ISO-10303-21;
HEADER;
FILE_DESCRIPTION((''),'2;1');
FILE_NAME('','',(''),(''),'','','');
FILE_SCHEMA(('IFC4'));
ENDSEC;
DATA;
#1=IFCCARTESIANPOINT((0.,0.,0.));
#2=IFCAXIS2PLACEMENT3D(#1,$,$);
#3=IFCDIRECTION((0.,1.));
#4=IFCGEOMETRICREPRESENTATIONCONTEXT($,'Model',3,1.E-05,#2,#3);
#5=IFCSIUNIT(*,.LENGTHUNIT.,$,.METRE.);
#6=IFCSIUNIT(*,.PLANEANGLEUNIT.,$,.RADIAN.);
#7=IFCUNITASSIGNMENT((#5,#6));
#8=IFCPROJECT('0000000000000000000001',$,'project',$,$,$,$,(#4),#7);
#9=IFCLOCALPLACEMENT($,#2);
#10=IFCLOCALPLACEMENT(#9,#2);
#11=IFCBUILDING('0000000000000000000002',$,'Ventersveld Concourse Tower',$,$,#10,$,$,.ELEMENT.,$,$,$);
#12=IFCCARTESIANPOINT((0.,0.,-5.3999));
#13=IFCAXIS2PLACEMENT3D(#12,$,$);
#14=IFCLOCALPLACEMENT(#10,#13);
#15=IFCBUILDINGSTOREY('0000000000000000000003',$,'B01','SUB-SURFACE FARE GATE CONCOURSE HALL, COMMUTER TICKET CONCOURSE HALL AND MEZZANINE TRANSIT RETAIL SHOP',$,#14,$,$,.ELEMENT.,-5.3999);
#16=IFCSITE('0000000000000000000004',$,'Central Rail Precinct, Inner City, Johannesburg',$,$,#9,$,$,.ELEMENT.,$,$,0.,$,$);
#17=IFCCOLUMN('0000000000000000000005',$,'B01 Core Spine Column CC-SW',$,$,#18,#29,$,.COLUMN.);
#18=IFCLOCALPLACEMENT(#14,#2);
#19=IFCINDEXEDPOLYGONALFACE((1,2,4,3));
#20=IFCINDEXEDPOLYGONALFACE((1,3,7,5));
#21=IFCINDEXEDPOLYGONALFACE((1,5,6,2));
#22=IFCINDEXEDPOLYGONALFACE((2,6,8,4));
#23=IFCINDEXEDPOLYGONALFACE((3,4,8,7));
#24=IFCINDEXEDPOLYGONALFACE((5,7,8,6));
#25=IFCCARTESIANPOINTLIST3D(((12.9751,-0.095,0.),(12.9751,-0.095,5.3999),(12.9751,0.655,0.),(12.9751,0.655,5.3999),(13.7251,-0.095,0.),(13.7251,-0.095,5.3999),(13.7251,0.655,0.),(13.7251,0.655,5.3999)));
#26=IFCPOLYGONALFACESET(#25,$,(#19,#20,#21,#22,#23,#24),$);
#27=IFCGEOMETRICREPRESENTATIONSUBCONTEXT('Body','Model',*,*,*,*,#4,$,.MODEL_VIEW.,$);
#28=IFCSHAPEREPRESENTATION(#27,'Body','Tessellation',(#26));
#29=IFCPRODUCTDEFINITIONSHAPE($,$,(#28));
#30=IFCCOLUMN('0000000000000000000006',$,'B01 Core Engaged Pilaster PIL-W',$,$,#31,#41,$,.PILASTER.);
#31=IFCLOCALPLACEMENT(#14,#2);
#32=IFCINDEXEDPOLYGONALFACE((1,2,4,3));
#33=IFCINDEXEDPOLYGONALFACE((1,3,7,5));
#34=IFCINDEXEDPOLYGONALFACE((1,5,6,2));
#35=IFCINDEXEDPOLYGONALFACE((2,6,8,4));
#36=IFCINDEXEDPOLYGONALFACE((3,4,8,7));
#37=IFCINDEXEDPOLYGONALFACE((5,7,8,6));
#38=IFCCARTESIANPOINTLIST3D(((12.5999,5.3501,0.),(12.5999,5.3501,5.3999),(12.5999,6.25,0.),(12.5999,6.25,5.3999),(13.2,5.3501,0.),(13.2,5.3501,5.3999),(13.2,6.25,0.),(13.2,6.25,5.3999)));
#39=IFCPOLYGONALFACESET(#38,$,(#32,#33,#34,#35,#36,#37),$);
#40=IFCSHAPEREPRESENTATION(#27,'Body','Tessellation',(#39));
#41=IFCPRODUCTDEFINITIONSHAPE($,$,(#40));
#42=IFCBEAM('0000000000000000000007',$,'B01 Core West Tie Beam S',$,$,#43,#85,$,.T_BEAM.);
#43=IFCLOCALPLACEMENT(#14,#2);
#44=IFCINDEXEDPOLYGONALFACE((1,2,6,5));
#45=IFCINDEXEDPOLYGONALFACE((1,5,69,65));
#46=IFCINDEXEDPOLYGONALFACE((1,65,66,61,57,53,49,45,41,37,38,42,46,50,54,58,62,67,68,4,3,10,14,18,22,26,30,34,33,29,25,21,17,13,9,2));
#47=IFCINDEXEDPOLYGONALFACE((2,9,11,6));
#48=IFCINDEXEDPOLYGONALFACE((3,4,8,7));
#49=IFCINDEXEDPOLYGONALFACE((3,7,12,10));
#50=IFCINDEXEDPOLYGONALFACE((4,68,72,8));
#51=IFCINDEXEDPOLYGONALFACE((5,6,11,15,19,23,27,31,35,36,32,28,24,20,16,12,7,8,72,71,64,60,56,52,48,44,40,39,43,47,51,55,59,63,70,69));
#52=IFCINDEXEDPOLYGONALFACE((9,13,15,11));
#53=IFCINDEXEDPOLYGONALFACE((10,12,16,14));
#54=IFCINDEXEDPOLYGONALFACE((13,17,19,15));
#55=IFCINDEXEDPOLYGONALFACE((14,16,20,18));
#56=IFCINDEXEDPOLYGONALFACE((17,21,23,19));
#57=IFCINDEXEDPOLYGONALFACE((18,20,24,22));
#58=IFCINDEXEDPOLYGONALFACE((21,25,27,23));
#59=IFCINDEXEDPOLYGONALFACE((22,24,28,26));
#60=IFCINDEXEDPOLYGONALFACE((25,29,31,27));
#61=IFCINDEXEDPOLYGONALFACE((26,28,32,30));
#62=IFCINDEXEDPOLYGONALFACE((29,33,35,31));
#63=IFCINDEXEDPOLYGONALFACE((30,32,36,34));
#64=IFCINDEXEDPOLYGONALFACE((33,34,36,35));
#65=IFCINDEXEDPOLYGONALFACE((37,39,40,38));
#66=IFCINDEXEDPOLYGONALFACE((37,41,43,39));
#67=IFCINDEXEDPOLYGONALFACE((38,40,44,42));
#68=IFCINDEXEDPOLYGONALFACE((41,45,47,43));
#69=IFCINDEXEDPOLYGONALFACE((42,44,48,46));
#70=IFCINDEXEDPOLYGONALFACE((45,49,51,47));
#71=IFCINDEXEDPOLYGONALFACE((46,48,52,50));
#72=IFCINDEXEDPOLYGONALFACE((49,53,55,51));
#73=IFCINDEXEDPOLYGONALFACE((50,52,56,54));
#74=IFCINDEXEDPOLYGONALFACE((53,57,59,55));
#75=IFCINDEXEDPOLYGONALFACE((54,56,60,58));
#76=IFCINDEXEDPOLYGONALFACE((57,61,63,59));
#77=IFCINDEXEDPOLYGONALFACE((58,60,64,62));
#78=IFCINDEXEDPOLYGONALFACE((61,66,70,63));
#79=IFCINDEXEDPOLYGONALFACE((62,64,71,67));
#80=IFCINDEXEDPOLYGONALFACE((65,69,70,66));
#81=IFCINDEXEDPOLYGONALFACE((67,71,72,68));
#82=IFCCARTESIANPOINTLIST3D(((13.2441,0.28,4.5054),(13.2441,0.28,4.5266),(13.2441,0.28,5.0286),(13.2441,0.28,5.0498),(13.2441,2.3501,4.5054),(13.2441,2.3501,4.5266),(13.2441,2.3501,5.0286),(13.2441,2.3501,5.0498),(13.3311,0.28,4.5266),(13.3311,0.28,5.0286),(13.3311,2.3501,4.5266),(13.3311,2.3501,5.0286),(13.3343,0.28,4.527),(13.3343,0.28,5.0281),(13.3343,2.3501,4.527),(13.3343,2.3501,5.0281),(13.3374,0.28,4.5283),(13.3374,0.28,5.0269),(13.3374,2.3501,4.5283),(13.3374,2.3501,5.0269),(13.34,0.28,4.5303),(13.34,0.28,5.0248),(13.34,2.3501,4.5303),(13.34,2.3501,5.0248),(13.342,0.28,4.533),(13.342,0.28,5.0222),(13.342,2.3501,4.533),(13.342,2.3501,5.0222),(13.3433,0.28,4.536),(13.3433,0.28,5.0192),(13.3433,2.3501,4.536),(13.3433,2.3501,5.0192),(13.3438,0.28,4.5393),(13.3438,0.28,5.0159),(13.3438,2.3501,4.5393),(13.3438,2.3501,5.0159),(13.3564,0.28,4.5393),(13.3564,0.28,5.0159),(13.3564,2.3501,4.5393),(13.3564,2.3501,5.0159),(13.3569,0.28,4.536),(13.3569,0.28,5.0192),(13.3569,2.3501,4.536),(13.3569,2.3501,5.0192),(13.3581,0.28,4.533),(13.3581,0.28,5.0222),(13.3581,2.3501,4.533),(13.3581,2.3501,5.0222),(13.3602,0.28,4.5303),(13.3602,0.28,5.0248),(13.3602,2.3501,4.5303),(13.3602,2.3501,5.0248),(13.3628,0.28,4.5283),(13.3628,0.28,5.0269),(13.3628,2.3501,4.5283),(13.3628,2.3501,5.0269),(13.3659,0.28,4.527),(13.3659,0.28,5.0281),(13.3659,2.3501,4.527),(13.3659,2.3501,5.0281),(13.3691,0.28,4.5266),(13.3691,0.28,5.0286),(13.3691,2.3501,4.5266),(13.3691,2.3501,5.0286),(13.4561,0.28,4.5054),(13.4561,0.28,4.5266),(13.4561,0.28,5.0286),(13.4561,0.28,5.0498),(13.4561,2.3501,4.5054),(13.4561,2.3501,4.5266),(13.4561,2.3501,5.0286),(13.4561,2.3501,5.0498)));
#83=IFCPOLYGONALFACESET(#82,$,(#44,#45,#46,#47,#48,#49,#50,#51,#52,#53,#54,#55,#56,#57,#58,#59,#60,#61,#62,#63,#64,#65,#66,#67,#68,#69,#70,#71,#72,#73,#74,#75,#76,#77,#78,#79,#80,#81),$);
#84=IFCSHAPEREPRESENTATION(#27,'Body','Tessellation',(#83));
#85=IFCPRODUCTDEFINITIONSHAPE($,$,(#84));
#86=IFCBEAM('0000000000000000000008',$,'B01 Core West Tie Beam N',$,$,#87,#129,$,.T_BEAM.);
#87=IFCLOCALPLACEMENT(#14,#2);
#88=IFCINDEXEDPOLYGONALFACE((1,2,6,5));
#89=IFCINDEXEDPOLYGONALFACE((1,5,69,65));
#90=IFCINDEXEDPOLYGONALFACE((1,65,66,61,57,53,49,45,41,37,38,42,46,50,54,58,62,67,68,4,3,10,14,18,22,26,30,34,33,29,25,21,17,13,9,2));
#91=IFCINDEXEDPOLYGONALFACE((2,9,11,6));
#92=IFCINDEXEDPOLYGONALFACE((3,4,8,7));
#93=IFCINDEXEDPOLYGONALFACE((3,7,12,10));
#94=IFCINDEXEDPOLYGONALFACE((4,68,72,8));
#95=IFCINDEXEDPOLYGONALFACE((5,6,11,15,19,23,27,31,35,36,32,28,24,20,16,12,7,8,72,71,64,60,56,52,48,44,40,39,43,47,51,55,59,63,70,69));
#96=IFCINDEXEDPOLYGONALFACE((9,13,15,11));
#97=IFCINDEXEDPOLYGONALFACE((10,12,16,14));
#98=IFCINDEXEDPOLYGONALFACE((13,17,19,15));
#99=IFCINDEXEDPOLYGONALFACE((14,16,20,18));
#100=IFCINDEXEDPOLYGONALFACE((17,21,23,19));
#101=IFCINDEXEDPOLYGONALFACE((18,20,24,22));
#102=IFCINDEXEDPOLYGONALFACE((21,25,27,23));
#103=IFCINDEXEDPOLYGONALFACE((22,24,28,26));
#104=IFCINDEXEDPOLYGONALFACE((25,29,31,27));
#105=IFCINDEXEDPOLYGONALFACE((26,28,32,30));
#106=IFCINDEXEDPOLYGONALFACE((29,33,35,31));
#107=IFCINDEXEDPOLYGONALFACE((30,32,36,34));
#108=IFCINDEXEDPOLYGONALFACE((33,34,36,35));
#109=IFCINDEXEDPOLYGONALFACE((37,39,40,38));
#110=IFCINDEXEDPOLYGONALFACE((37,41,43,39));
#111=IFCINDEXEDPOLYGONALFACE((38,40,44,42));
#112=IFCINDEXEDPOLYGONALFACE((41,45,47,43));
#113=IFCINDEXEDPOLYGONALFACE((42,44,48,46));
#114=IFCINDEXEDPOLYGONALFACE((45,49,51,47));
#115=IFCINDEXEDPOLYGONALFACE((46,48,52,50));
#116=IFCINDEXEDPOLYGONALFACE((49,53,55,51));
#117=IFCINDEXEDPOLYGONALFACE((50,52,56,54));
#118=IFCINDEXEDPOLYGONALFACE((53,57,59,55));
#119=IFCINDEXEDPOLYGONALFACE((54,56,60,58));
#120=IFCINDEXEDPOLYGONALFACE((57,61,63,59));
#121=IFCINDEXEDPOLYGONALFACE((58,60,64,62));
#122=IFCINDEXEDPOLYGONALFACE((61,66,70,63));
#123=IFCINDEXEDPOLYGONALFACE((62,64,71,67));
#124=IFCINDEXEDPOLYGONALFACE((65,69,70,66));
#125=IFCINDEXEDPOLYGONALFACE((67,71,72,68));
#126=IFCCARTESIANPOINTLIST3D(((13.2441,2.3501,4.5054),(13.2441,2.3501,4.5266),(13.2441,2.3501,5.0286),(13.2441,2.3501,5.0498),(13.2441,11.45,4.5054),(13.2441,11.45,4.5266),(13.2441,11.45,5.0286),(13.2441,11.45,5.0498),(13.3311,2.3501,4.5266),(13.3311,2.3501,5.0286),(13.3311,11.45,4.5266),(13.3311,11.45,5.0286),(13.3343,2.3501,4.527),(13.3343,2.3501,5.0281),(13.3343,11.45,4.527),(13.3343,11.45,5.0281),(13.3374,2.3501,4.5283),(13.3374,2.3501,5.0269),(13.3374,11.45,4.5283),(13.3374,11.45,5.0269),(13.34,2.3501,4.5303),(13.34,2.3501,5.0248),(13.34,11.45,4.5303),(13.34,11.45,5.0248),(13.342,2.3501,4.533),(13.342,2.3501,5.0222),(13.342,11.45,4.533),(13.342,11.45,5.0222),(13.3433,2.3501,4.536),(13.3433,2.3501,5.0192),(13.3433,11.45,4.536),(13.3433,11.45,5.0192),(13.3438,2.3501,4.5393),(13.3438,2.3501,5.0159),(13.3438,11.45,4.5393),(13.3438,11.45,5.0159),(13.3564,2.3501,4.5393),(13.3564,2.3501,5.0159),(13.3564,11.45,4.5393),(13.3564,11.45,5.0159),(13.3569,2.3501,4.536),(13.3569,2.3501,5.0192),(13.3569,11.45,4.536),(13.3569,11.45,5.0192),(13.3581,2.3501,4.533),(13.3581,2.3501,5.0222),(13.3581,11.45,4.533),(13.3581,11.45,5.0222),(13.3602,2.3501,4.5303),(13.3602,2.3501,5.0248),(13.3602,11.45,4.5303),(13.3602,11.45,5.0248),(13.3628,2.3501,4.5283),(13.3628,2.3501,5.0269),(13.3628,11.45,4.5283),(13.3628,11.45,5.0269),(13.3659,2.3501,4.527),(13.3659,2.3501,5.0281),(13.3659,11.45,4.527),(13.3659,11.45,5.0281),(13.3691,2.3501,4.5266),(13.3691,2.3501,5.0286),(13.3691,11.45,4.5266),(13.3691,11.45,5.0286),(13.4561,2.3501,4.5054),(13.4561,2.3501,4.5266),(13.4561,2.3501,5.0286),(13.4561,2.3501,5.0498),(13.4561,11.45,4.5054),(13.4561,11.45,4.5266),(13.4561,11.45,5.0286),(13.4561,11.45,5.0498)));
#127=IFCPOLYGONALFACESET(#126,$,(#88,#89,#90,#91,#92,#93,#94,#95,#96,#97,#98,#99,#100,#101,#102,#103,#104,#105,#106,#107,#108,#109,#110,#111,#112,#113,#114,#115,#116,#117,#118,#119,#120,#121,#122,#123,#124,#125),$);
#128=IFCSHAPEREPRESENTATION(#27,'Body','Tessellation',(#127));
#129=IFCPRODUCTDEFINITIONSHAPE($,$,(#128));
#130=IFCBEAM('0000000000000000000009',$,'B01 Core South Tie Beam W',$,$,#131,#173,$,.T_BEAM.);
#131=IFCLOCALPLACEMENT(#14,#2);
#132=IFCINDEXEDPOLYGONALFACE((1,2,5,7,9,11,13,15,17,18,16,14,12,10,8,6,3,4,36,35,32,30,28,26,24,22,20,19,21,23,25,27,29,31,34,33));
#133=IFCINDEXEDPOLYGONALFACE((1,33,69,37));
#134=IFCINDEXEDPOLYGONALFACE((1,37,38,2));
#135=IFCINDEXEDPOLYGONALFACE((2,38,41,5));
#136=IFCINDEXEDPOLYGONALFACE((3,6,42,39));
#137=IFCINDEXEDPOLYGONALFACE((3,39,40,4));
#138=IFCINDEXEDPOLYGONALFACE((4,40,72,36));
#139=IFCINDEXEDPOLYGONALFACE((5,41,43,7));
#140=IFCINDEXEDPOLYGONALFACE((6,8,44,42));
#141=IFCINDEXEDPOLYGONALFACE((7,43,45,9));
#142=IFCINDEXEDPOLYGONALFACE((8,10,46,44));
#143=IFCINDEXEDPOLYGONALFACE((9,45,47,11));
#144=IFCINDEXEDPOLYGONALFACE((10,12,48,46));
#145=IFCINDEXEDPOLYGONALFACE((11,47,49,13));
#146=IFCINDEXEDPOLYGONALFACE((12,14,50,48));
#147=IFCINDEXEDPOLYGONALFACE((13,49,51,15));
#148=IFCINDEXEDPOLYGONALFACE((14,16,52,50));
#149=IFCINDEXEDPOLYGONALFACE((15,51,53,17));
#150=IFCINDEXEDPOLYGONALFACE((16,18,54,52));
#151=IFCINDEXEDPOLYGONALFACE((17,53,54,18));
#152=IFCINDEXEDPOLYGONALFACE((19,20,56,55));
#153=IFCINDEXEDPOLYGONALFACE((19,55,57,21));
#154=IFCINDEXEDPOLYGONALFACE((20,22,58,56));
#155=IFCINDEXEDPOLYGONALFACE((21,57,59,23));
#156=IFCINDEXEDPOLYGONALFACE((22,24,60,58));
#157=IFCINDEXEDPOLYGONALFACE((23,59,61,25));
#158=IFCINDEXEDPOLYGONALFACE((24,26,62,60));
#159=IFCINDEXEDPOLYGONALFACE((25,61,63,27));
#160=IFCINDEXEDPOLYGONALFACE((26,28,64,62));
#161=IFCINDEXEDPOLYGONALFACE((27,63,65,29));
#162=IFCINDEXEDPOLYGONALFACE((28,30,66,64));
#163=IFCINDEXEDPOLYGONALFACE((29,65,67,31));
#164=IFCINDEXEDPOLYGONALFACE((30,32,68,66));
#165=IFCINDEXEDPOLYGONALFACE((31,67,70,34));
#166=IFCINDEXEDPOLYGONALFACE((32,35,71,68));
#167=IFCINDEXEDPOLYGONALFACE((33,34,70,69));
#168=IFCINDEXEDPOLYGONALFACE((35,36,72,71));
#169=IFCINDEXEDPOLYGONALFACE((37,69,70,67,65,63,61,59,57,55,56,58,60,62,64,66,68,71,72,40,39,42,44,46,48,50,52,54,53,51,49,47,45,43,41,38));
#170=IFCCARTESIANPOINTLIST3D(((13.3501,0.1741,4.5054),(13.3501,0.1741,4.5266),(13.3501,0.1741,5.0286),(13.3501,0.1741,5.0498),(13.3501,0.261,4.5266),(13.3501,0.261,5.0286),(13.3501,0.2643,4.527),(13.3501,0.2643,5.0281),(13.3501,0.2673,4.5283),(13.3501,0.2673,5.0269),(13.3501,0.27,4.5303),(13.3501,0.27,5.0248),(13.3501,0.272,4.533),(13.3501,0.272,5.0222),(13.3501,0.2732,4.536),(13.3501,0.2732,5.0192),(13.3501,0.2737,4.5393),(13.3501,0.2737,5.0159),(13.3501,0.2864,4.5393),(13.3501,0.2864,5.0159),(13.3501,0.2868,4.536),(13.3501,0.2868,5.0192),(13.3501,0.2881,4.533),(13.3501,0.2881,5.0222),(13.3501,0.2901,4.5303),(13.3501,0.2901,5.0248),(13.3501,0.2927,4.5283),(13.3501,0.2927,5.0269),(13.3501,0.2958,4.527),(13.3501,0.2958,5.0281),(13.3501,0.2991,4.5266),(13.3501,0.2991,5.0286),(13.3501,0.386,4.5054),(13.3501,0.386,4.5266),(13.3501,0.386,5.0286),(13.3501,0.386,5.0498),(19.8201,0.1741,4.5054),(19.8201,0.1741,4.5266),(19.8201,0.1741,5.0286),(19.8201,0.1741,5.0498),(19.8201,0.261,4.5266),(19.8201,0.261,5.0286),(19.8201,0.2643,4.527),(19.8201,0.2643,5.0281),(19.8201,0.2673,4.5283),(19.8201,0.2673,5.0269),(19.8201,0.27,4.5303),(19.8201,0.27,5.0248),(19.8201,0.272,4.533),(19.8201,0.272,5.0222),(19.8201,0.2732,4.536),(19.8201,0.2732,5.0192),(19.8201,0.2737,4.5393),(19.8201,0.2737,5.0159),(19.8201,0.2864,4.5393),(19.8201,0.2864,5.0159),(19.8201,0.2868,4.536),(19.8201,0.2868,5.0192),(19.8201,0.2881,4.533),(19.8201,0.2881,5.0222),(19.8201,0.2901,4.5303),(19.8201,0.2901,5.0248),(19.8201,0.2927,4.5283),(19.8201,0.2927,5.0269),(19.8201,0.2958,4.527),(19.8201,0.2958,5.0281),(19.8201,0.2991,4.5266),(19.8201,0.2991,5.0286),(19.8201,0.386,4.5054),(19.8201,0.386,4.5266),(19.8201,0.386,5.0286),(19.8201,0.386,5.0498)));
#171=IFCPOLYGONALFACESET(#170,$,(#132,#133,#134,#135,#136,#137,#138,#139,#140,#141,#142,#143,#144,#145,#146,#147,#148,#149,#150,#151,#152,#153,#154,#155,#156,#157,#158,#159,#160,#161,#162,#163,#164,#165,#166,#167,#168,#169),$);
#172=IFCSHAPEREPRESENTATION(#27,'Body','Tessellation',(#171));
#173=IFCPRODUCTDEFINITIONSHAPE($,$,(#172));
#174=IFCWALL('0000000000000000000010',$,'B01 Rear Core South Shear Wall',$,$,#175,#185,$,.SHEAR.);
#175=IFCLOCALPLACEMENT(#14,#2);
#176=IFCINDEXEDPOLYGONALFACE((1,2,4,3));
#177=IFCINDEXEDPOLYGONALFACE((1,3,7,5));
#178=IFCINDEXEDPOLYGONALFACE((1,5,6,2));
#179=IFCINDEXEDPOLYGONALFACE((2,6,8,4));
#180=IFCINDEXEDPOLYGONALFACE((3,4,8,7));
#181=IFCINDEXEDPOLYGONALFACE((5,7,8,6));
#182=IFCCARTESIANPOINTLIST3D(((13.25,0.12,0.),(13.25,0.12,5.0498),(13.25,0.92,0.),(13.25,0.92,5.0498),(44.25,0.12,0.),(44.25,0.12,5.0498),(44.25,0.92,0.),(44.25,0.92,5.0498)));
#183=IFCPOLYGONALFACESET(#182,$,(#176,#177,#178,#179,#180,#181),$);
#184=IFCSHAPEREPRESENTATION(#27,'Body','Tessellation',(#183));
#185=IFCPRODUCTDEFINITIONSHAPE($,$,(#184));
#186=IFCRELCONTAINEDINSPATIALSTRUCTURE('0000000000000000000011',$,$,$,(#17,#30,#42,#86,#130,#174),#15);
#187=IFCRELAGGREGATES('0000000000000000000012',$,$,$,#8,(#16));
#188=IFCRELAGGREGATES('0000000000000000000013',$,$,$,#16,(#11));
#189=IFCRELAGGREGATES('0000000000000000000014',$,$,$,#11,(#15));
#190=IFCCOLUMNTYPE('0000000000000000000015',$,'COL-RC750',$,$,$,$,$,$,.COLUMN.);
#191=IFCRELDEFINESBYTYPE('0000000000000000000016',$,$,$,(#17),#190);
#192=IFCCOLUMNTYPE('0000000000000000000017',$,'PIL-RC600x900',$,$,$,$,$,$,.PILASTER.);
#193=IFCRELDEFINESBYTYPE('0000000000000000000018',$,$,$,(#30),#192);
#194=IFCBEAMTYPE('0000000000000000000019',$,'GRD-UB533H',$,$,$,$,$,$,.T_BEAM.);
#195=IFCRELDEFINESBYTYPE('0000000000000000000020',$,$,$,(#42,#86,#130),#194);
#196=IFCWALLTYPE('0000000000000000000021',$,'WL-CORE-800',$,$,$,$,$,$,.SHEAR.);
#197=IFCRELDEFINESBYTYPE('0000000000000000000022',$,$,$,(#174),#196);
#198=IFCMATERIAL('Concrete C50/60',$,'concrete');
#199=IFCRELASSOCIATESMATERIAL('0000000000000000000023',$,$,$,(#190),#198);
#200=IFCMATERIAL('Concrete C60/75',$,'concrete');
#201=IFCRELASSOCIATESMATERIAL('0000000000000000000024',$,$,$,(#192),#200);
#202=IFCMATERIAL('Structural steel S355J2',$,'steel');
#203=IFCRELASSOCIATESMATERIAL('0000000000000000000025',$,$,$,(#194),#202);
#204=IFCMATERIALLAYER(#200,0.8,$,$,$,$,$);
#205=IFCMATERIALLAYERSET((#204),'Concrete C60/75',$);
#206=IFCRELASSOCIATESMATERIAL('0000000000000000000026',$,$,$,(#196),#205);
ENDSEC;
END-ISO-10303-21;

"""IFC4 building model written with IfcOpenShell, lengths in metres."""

from ifc_helpers import new_model, si_unit, direction, frame, frame_2d, origin, origin_2d, place, context, subcontext, project, spatial, rectangle, i_section, extrude, material, layer, layer_set, material_profile, profile_set, type_object, element, save


model = new_model("IFC4")

# Units and contexts
model_context = context("Model", 3, precision=1e-05, world=origin(), true_north=direction((0.0, 1.0)))
body_context = subcontext(model_context, "Body", "Model", "MODEL_VIEW")
ifc_project = project(units=[si_unit("LENGTHUNIT", "METRE"), si_unit("PLANEANGLEUNIT", "RADIAN")], contexts=[model_context])

# Site, building, storey
site_placement = place(None, origin())
site = spatial("IfcSite", under=ifc_project, at=site_placement, Name="Central Rail Precinct, Inner City, Johannesburg", CompositionType="ELEMENT", RefElevation=0.0)
building_placement = place(site_placement, origin())
building = spatial("IfcBuilding", under=site, at=building_placement, Name="Ventersveld Concourse Tower", CompositionType="ELEMENT")
storey_placement = place(building_placement, frame((0.0, 0.0, -5.3999)))
storey = spatial("IfcBuildingStorey", under=building, at=storey_placement, Name="B01", Description="SUB-SURFACE FARE GATE CONCOURSE HALL, COMMUTER TICKET CONCOURSE HALL AND MEZZANINE TRANSIT RETAIL SHOP", CompositionType="ELEMENT", Elevation=-5.3999)

# Columns
ifc_material_1 = material(Name="Concrete C50/60", Category="concrete")
ifc_material_profile_1 = material_profile(ifc_material_1, rectangle(XDim=0.75, YDim=0.75, at=origin_2d()), Name="RC 750x750")
ifc_profile_set_1 = profile_set([ifc_material_profile_1], Name="Concrete C50/60")
column_type_1 = type_object("IfcColumnType", Name="COL-RC750", PredefinedType="COLUMN", material=ifc_profile_set_1)
column_1_placement = place(storey_placement, frame((13.3501, 0.28, 0.0), z_axis=(0.0, 0.0, 1.0), x_axis=(1.0, 0.0, 0.0)))
element("IfcColumn", 1, at=column_1_placement, inside=storey, type_object=column_type_1, Name="B01 Core Spine Column CC-SW", PredefinedType="COLUMN", context=body_context, shape_type="SweptSolid", body=[
    extrude(rectangle(XDim=0.75, YDim=0.75, at=origin_2d()), origin(), (0.0, 0.0, 1.0), 5.3999),
])
ifc_material_2 = material(Name="Concrete C60/75", Category="concrete")
ifc_material_profile_2 = material_profile(ifc_material_2, rectangle(XDim=0.6001, YDim=0.8999, at=origin_2d()), Name="RC 600x900")
ifc_profile_set_2 = profile_set([ifc_material_profile_2], Name="Concrete C60/75")
column_type_2 = type_object("IfcColumnType", Name="PIL-RC600x900", PredefinedType="PILASTER", material=ifc_profile_set_2)
column_2_placement = place(storey_placement, frame((12.8999, 5.8, 0.0), z_axis=(0.0, 0.0, 1.0), x_axis=(1.0, 0.0, 0.0)))
element("IfcColumn", 2, at=column_2_placement, inside=storey, type_object=column_type_2, Name="B01 Core Engaged Pilaster PIL-W", PredefinedType="PILASTER", context=body_context, shape_type="SweptSolid", body=[
    extrude(rectangle(XDim=0.6001, YDim=0.8999, at=origin_2d()), origin(), (0.0, 0.0, 1.0), 5.3999),
])

# Beams
ifc_material_3 = material(Name="Structural steel S355J2", Category="steel")
ifc_material_profile_3 = material_profile(ifc_material_3, i_section(OverallWidth=0.2119, OverallDepth=0.5444, WebThickness=0.0127, FlangeThickness=0.0212, FilletRadius=0.0127, at=origin_2d()), Name="UB 533x210x122")
ifc_profile_set_3 = profile_set([ifc_material_profile_3], Name="Structural steel S355J2")
beam_type = type_object("IfcBeamType", Name="GRD-UB533H", PredefinedType="T_BEAM", material=ifc_profile_set_3)
beam_1_placement = place(storey_placement, frame((13.3501, 0.28, 4.7776), z_axis=(0.0, 1.0, 0.0), x_axis=(-1.0, 0.0, 0.0)))
element("IfcBeam", 3, at=beam_1_placement, inside=storey, type_object=beam_type, Name="B01 Core West Tie Beam S", PredefinedType="T_BEAM", context=body_context, shape_type="SweptSolid", body=[
    extrude(i_section(OverallWidth=0.2119, OverallDepth=0.5444, WebThickness=0.0127, FlangeThickness=0.0212, FilletRadius=0.0127, at=origin_2d()), origin(), (0.0, 0.0, 1.0), 2.0701),
])
beam_2_placement = place(storey_placement, frame((13.3501, 2.3501, 4.7776), z_axis=(0.0, 1.0, 0.0), x_axis=(-1.0, 0.0, 0.0)))
element("IfcBeam", 4, at=beam_2_placement, inside=storey, type_object=beam_type, Name="B01 Core West Tie Beam N", PredefinedType="T_BEAM", context=body_context, shape_type="SweptSolid", body=[
    extrude(i_section(OverallWidth=0.2119, OverallDepth=0.5444, WebThickness=0.0127, FlangeThickness=0.0212, FilletRadius=0.0127, at=origin_2d()), origin(), (0.0, 0.0, 1.0), 9.0999),
])
beam_3_placement = place(storey_placement, frame((13.3501, 0.28, 4.7776), z_axis=(1.0, 0.0, 0.0), x_axis=(0.0, 1.0, 0.0)))
element("IfcBeam", 5, at=beam_3_placement, inside=storey, type_object=beam_type, Name="B01 Core South Tie Beam W", PredefinedType="T_BEAM", context=body_context, shape_type="SweptSolid", body=[
    extrude(i_section(OverallWidth=0.2119, OverallDepth=0.5444, WebThickness=0.0127, FlangeThickness=0.0212, FilletRadius=0.0127, at=origin_2d()), origin(), (0.0, 0.0, 1.0), 6.47),
])

# Wall
ifc_layer_1 = layer(ifc_material_2, 0.8)
ifc_layer_set_1 = layer_set([ifc_layer_1], Name="Concrete C60/75")
wall_type_1 = type_object("IfcWallType", Name="WL-CORE-800", PredefinedType="SHEAR", material=ifc_layer_set_1)
wall_1_placement = place(storey_placement, frame((13.25, 0.52, 0.0), z_axis=(0.0, 0.0, 1.0), x_axis=(1.0, 0.0, 0.0)))
element("IfcWall", 6, at=wall_1_placement, inside=storey, type_object=wall_type_1, Name="B01 Rear Core South Shear Wall", PredefinedType="SHEAR", context=body_context, shape_type="SweptSolid", body=[
    extrude(rectangle(XDim=31.0, YDim=0.8, at=frame_2d((15.5, 0.0))), origin(), (0.0, 0.0, 1.0), 5.0498),
])

save(model, "model.ifc")
